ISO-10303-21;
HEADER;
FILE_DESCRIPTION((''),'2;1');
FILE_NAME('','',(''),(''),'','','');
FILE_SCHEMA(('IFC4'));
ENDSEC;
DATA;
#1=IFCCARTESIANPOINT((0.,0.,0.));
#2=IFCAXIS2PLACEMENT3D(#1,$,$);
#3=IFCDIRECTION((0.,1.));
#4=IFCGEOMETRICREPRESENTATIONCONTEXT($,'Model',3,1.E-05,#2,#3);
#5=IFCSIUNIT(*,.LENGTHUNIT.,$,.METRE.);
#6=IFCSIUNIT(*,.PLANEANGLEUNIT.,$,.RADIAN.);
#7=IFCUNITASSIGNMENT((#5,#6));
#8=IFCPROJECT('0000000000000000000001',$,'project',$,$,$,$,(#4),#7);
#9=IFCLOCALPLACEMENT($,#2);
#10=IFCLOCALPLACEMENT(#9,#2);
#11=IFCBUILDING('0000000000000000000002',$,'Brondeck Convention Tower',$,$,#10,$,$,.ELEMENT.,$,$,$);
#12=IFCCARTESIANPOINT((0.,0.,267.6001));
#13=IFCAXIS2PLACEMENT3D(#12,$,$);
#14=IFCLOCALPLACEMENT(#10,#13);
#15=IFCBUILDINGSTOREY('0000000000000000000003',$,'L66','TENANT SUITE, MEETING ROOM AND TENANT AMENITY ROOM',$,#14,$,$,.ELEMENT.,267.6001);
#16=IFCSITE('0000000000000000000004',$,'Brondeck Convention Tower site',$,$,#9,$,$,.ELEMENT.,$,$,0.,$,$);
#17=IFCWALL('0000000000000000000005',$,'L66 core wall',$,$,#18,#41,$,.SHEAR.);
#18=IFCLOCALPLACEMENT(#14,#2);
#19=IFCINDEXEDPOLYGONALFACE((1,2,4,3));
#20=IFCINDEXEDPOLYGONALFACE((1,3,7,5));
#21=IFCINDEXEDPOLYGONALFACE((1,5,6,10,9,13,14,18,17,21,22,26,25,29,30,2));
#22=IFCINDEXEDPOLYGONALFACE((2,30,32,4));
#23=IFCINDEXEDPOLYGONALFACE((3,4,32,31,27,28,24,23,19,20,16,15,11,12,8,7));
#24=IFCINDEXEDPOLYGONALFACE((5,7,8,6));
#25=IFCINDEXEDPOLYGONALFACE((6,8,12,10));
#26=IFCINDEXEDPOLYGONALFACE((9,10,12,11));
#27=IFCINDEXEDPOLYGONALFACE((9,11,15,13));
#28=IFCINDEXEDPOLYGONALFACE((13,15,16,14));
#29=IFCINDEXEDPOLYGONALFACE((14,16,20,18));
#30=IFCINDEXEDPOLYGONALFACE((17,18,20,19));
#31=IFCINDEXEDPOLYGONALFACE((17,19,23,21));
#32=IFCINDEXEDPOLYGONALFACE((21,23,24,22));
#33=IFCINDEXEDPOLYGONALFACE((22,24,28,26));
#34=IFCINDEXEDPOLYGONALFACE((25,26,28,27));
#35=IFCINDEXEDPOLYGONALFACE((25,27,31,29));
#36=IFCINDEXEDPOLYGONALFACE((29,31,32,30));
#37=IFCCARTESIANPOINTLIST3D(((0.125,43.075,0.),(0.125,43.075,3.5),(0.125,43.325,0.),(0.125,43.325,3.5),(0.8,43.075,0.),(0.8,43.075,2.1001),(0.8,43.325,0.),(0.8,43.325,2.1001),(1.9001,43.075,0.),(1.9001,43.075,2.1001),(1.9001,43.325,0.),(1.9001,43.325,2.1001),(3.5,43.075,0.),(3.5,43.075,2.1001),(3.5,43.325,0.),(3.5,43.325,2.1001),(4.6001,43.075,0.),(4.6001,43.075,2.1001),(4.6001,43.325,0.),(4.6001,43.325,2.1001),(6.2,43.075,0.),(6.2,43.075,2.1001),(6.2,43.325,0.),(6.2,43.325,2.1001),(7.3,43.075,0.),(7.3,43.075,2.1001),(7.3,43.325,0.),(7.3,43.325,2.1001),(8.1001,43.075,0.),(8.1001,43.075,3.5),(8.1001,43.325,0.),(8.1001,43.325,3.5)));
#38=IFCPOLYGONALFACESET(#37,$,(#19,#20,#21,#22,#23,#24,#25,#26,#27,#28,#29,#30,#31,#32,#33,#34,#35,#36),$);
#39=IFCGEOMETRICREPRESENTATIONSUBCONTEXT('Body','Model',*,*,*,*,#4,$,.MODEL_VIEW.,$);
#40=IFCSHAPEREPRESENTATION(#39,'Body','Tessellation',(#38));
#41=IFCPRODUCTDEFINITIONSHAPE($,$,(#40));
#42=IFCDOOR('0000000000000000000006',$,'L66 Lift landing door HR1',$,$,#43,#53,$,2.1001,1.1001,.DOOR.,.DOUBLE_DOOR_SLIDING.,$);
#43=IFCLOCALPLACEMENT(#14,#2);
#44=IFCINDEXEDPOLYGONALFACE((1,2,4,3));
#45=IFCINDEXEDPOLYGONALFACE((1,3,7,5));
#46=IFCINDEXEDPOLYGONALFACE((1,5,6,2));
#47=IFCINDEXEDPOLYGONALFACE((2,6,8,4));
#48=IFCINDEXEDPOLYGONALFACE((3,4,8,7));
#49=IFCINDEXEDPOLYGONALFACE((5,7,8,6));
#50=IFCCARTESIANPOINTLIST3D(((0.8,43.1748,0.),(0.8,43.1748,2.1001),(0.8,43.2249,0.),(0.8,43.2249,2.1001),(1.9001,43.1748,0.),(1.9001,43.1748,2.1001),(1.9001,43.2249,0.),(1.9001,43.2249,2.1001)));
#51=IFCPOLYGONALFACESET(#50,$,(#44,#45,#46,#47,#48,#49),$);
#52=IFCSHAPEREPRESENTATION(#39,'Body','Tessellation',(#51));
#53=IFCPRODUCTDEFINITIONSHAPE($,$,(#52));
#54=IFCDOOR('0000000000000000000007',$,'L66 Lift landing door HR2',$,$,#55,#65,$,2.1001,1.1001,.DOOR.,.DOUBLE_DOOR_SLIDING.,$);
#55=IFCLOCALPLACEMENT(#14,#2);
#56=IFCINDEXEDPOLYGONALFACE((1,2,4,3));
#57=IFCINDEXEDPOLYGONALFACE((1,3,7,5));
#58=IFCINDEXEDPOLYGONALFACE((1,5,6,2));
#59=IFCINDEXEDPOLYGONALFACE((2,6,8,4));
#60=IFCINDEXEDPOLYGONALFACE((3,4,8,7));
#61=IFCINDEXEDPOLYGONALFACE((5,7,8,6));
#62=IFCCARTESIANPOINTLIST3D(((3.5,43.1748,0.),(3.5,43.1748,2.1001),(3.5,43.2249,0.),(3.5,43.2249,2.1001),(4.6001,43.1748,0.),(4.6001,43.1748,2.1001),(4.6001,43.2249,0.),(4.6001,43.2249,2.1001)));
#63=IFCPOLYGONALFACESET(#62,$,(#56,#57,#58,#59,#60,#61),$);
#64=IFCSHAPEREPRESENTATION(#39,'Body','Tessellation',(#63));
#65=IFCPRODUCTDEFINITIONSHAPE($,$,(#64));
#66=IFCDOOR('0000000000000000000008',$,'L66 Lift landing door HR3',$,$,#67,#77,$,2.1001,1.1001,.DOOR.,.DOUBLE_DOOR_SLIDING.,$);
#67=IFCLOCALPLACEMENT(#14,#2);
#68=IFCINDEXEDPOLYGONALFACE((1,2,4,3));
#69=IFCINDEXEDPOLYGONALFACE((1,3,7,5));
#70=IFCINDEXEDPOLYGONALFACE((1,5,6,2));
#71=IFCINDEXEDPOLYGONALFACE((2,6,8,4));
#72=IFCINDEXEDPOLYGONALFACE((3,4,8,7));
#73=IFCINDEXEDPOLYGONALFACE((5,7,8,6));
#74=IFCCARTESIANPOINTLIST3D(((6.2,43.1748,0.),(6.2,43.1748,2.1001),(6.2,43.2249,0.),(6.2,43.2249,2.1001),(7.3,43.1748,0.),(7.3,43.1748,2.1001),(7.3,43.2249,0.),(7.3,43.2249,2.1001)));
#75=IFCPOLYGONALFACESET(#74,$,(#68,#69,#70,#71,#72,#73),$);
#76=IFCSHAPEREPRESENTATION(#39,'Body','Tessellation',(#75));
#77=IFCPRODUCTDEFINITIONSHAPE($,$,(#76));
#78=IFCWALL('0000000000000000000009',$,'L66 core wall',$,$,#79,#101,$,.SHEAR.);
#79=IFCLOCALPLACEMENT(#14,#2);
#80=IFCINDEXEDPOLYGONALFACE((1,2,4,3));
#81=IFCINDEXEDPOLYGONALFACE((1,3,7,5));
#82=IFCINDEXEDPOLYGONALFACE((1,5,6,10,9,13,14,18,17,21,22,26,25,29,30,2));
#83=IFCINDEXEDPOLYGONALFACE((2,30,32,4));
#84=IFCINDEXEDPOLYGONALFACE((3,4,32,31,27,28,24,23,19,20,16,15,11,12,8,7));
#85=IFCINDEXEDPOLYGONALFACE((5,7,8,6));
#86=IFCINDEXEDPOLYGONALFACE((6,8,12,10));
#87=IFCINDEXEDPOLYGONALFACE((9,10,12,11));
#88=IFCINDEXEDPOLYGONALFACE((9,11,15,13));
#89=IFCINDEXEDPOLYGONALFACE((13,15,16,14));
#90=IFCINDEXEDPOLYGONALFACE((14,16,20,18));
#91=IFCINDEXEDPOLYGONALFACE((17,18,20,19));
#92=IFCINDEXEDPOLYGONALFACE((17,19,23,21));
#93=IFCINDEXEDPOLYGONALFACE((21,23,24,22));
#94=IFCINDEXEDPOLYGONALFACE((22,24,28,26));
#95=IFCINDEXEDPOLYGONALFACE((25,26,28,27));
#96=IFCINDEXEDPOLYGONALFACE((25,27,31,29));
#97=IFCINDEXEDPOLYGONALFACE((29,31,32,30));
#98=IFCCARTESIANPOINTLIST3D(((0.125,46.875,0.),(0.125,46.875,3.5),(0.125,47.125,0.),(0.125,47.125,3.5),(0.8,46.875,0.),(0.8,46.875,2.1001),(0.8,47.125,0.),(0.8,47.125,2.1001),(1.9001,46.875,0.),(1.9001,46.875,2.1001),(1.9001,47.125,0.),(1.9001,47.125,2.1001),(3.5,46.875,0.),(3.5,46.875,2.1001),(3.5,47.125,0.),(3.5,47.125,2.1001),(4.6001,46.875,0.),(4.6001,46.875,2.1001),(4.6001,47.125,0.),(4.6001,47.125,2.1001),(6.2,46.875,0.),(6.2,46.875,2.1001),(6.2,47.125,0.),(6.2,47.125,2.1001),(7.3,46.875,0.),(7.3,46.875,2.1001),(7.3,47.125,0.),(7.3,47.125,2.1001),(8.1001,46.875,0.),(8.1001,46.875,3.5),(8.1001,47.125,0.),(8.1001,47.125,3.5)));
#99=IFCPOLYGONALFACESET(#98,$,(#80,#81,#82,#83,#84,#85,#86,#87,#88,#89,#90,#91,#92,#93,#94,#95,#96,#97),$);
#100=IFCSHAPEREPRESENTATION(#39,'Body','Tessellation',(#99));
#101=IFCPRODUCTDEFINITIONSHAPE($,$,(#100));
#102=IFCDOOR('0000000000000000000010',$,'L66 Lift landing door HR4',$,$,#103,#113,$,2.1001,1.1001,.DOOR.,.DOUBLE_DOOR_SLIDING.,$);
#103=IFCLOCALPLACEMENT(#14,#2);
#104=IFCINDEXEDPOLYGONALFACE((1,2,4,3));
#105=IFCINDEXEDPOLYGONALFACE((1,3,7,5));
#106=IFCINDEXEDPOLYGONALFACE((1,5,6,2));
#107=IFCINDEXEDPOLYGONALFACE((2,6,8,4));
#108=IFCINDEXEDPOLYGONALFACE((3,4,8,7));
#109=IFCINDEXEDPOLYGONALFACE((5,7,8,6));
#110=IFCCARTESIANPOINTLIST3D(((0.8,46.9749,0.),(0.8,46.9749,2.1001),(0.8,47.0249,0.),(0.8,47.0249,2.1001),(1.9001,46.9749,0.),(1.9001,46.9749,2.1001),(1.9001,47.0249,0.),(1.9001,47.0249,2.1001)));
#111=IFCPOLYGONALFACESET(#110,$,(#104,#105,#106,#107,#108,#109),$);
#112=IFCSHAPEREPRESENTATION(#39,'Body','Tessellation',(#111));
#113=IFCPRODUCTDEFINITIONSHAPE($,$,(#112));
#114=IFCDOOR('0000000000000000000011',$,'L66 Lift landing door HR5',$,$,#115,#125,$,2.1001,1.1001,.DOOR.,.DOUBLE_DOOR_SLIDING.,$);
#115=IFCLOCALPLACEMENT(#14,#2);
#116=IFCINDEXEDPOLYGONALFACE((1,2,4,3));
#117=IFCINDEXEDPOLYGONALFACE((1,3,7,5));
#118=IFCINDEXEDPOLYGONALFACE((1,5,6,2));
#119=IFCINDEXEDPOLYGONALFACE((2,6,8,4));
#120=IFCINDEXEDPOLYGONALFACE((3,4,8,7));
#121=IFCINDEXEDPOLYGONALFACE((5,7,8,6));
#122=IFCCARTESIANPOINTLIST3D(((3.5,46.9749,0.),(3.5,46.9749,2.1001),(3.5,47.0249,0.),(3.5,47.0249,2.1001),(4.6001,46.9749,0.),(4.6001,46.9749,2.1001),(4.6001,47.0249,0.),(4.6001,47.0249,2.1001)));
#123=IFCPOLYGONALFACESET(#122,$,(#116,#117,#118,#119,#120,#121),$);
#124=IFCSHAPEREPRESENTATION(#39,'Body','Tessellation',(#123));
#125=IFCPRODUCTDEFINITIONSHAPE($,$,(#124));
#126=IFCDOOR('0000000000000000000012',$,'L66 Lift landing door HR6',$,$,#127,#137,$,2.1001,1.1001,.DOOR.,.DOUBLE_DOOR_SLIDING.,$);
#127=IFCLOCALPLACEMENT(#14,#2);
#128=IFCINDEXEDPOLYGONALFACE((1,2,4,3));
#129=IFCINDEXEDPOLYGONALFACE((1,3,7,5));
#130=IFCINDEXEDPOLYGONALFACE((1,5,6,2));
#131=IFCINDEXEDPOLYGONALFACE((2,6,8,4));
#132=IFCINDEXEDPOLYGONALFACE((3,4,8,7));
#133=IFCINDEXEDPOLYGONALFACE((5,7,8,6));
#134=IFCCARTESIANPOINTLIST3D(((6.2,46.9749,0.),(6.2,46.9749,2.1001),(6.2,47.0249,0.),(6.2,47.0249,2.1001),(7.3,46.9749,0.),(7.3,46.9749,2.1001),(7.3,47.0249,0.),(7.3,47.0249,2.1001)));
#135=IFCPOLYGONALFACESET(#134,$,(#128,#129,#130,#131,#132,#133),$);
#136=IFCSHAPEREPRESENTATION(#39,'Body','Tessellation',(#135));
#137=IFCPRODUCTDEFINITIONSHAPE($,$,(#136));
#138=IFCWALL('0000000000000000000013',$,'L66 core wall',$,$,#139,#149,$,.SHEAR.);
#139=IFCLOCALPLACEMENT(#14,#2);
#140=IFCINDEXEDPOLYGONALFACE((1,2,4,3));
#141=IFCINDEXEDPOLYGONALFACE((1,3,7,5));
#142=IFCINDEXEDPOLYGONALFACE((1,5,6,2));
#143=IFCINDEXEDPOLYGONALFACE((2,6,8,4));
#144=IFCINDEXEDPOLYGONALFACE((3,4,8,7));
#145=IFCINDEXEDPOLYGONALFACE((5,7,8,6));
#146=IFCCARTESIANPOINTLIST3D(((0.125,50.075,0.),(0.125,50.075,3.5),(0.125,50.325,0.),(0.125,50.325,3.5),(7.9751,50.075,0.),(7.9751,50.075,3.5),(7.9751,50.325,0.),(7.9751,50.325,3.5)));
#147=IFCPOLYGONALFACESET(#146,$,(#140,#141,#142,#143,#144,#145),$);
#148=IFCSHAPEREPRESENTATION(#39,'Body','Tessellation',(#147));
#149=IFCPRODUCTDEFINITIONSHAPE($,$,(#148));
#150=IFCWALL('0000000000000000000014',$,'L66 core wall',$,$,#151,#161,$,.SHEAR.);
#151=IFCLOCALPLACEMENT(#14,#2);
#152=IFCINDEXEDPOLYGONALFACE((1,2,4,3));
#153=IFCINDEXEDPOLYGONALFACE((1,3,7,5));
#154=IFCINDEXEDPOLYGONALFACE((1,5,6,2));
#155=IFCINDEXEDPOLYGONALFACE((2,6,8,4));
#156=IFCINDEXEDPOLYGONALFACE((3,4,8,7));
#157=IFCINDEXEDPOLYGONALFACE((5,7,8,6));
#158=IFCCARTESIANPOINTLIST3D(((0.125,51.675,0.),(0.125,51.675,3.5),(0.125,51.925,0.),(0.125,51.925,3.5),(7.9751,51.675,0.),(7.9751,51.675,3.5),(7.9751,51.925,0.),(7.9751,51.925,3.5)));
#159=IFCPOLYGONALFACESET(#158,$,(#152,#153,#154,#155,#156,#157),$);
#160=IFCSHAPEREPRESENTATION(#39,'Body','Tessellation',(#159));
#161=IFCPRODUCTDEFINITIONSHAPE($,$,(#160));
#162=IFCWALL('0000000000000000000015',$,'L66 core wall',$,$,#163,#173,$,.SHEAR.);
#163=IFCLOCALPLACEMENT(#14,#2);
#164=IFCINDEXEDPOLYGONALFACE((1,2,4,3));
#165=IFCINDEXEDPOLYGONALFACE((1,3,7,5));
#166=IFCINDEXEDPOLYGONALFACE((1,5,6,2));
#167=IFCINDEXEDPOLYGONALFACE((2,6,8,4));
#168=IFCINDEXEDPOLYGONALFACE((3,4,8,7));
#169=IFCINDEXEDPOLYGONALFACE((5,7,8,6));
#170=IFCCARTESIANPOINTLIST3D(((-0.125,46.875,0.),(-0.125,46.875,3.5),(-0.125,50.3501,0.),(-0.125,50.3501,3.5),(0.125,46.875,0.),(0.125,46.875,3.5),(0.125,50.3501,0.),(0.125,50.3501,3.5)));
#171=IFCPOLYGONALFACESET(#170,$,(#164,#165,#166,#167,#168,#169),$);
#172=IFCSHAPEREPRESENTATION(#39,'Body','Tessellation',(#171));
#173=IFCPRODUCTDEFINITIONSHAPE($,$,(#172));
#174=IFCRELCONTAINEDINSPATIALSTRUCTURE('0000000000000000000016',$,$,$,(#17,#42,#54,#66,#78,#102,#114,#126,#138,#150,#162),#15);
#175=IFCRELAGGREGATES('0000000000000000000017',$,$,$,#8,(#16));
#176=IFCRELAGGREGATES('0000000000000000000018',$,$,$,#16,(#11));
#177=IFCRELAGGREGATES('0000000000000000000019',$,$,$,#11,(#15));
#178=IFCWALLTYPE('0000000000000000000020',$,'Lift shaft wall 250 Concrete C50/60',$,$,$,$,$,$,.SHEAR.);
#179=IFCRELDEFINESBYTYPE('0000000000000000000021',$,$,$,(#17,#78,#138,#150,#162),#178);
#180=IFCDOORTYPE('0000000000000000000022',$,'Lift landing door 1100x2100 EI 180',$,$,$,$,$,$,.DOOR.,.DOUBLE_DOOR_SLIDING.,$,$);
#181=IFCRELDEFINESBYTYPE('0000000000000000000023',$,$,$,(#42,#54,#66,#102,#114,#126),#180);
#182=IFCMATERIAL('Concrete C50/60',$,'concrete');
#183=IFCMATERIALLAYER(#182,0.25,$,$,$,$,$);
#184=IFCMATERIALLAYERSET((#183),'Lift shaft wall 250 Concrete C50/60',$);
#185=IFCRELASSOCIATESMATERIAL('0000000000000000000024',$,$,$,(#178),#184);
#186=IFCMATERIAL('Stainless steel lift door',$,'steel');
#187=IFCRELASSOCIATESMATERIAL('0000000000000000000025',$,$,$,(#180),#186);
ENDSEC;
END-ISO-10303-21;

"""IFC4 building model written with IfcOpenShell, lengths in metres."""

from ifc_helpers import new_model, si_unit, direction, frame, frame_2d, origin, place, context, subcontext, project, spatial, rectangle, extrude, material, layer, layer_set, type_object, element, fill, save


model = new_model("IFC4")

# Units and contexts
model_context = context("Model", 3, precision=1e-05, world=origin(), true_north=direction((0.0, 1.0)))
body_context = subcontext(model_context, "Body", "Model", "MODEL_VIEW")
ifc_project = project(units=[si_unit("LENGTHUNIT", "METRE"), si_unit("PLANEANGLEUNIT", "RADIAN")], contexts=[model_context])

# Site, building, storey
site_placement = place(None, origin())
site = spatial("IfcSite", under=ifc_project, at=site_placement, Name="Brondeck Convention Tower site", CompositionType="ELEMENT", RefElevation=0.0)
building_placement = place(site_placement, origin())
building = spatial("IfcBuilding", under=site, at=building_placement, Name="Brondeck Convention Tower", CompositionType="ELEMENT")
storey_placement = place(building_placement, frame((0.0, 0.0, 267.6001)))
storey = spatial("IfcBuildingStorey", under=building, at=storey_placement, Name="L66", Description="TENANT SUITE, MEETING ROOM AND TENANT AMENITY ROOM", CompositionType="ELEMENT", Elevation=267.6001)

# Shared definitions
ifc_material_1 = material(Name="Concrete C50/60", Category="concrete")

# Walls, openings, doors
ifc_layer_1 = layer(ifc_material_1, 0.25)
ifc_layer_set_1 = layer_set([ifc_layer_1], Name="Lift shaft wall 250 Concrete C50/60")
wall_type_1 = type_object("IfcWallType", Name="Lift shaft wall 250 Concrete C50/60", PredefinedType="SHEAR", material=ifc_layer_set_1)
wall_1_placement = place(storey_placement, frame((0.125, 43.2, 0.0), z_axis=(0.0, 0.0, 1.0), x_axis=(1.0, 0.0, 0.0)))
wall_1 = element("IfcWall", 1, at=wall_1_placement, inside=storey, type_object=wall_type_1, Name="L66 core wall", PredefinedType="SHEAR", context=body_context, shape_type="SweptSolid", body=[
    extrude(rectangle(XDim=7.9751, YDim=0.25, at=frame_2d((3.9875, 0.0))), origin(), (0.0, 0.0, 1.0), 3.5),
])
opening_1_placement = place(wall_1_placement, frame((0.675, 0.0, 0.0)))
opening_1 = element("IfcOpeningElement", 2, at=opening_1_placement, cuts=wall_1, PredefinedType="OPENING", context=body_context, shape_type="SweptSolid", body=[
    extrude(rectangle(XDim=1.1001, YDim=2.1001, at=frame_2d((0.55, 1.05))), frame((0.0, 0.135, 0.0), z_axis=(0.0, -1.0, 0.0), x_axis=(1.0, 0.0, 0.0)), (0.0, 0.0, 1.0), 0.27),
])
opening_2_placement = place(wall_1_placement, frame((3.375, 0.0, 0.0)))
opening_2 = element("IfcOpeningElement", 3, at=opening_2_placement, cuts=wall_1, PredefinedType="OPENING", context=body_context, shape_type="SweptSolid", body=[
    extrude(rectangle(XDim=1.1001, YDim=2.1001, at=frame_2d((0.55, 1.05))), frame((0.0, 0.135, 0.0), z_axis=(0.0, -1.0, 0.0), x_axis=(1.0, 0.0, 0.0)), (0.0, 0.0, 1.0), 0.27),
])
opening_3_placement = place(wall_1_placement, frame((6.075, 0.0, 0.0)))
opening_3 = element("IfcOpeningElement", 4, at=opening_3_placement, cuts=wall_1, PredefinedType="OPENING", context=body_context, shape_type="SweptSolid", body=[
    extrude(rectangle(XDim=1.1001, YDim=2.1001, at=frame_2d((0.55, 1.05))), frame((0.0, 0.135, 0.0), z_axis=(0.0, -1.0, 0.0), x_axis=(1.0, 0.0, 0.0)), (0.0, 0.0, 1.0), 0.27),
])
ifc_material_2 = material(Name="Stainless steel lift door", Category="steel")
door_type_1 = type_object("IfcDoorType", Name="Lift landing door 1100x2100 EI 180", OperationType="DOUBLE_DOOR_SLIDING", PredefinedType="DOOR", material=ifc_material_2)
door_1_placement = place(opening_1_placement, origin())
door_1 = element("IfcDoor", 5, at=door_1_placement, inside=storey, type_object=door_type_1, Name="L66 Lift landing door HR1", OperationType="DOUBLE_DOOR_SLIDING", OverallHeight=2.1001, OverallWidth=1.1001, PredefinedType="DOOR", context=body_context, shape_type="SweptSolid", body=[
    extrude(rectangle(XDim=1.1001, YDim=2.1001, at=frame_2d((0.55, 1.05))), frame((0.0, 0.0249, 0.0), z_axis=(0.0, -1.0, 0.0), x_axis=(1.0, 0.0, 0.0)), (0.0, 0.0, 1.0), 0.05),
])
fill(opening_1, door_1)
door_2_placement = place(opening_2_placement, origin())
door_2 = element("IfcDoor", 6, at=door_2_placement, inside=storey, type_object=door_type_1, Name="L66 Lift landing door HR2", OperationType="DOUBLE_DOOR_SLIDING", OverallHeight=2.1001, OverallWidth=1.1001, PredefinedType="DOOR", context=body_context, shape_type="SweptSolid", body=[
    extrude(rectangle(XDim=1.1001, YDim=2.1001, at=frame_2d((0.55, 1.05))), frame((0.0, 0.0249, 0.0), z_axis=(0.0, -1.0, 0.0), x_axis=(1.0, 0.0, 0.0)), (0.0, 0.0, 1.0), 0.05),
])
fill(opening_2, door_2)
door_3_placement = place(opening_3_placement, origin())
door_3 = element("IfcDoor", 7, at=door_3_placement, inside=storey, type_object=door_type_1, Name="L66 Lift landing door HR3", OperationType="DOUBLE_DOOR_SLIDING", OverallHeight=2.1001, OverallWidth=1.1001, PredefinedType="DOOR", context=body_context, shape_type="SweptSolid", body=[
    extrude(rectangle(XDim=1.1001, YDim=2.1001, at=frame_2d((0.55, 1.05))), frame((0.0, 0.0249, 0.0), z_axis=(0.0, -1.0, 0.0), x_axis=(1.0, 0.0, 0.0)), (0.0, 0.0, 1.0), 0.05),
])
fill(opening_3, door_3)
wall_2_placement = place(storey_placement, frame((0.125, 47.0, 0.0), z_axis=(0.0, 0.0, 1.0), x_axis=(1.0, 0.0, 0.0)))
wall_2 = element("IfcWall", 8, at=wall_2_placement, inside=storey, type_object=wall_type_1, Name="L66 core wall", PredefinedType="SHEAR", context=body_context, shape_type="SweptSolid", body=[
    extrude(rectangle(XDim=7.9751, YDim=0.25, at=frame_2d((3.9875, 0.0))), origin(), (0.0, 0.0, 1.0), 3.5),
])
opening_4_placement = place(wall_2_placement, frame((0.675, 0.0, 0.0)))
opening_4 = element("IfcOpeningElement", 9, at=opening_4_placement, cuts=wall_2, PredefinedType="OPENING", context=body_context, shape_type="SweptSolid", body=[
    extrude(rectangle(XDim=1.1001, YDim=2.1001, at=frame_2d((0.55, 1.05))), frame((0.0, 0.135, 0.0), z_axis=(0.0, -1.0, 0.0), x_axis=(1.0, 0.0, 0.0)), (0.0, 0.0, 1.0), 0.27),
])
opening_5_placement = place(wall_2_placement, frame((3.375, 0.0, 0.0)))
opening_5 = element("IfcOpeningElement", 10, at=opening_5_placement, cuts=wall_2, PredefinedType="OPENING", context=body_context, shape_type="SweptSolid", body=[
    extrude(rectangle(XDim=1.1001, YDim=2.1001, at=frame_2d((0.55, 1.05))), frame((0.0, 0.135, 0.0), z_axis=(0.0, -1.0, 0.0), x_axis=(1.0, 0.0, 0.0)), (0.0, 0.0, 1.0), 0.27),
])
opening_6_placement = place(wall_2_placement, frame((6.075, 0.0, 0.0)))
opening_6 = element("IfcOpeningElement", 11, at=opening_6_placement, cuts=wall_2, PredefinedType="OPENING", context=body_context, shape_type="SweptSolid", body=[
    extrude(rectangle(XDim=1.1001, YDim=2.1001, at=frame_2d((0.55, 1.05))), frame((0.0, 0.135, 0.0), z_axis=(0.0, -1.0, 0.0), x_axis=(1.0, 0.0, 0.0)), (0.0, 0.0, 1.0), 0.27),
])
door_4_placement = place(opening_4_placement, origin())
door_4 = element("IfcDoor", 12, at=door_4_placement, inside=storey, type_object=door_type_1, Name="L66 Lift landing door HR4", OperationType="DOUBLE_DOOR_SLIDING", OverallHeight=2.1001, OverallWidth=1.1001, PredefinedType="DOOR", context=body_context, shape_type="SweptSolid", body=[
    extrude(rectangle(XDim=1.1001, YDim=2.1001, at=frame_2d((0.55, 1.05))), frame((0.0, 0.0249, 0.0), z_axis=(0.0, -1.0, 0.0), x_axis=(1.0, 0.0, 0.0)), (0.0, 0.0, 1.0), 0.05),
])
fill(opening_4, door_4)
door_5_placement = place(opening_5_placement, origin())
door_5 = element("IfcDoor", 13, at=door_5_placement, inside=storey, type_object=door_type_1, Name="L66 Lift landing door HR5", OperationType="DOUBLE_DOOR_SLIDING", OverallHeight=2.1001, OverallWidth=1.1001, PredefinedType="DOOR", context=body_context, shape_type="SweptSolid", body=[
    extrude(rectangle(XDim=1.1001, YDim=2.1001, at=frame_2d((0.55, 1.05))), frame((0.0, 0.0249, 0.0), z_axis=(0.0, -1.0, 0.0), x_axis=(1.0, 0.0, 0.0)), (0.0, 0.0, 1.0), 0.05),
])
fill(opening_5, door_5)
door_6_placement = place(opening_6_placement, origin())
door_6 = element("IfcDoor", 14, at=door_6_placement, inside=storey, type_object=door_type_1, Name="L66 Lift landing door HR6", OperationType="DOUBLE_DOOR_SLIDING", OverallHeight=2.1001, OverallWidth=1.1001, PredefinedType="DOOR", context=body_context, shape_type="SweptSolid", body=[
    extrude(rectangle(XDim=1.1001, YDim=2.1001, at=frame_2d((0.55, 1.05))), frame((0.0, 0.0249, 0.0), z_axis=(0.0, -1.0, 0.0), x_axis=(1.0, 0.0, 0.0)), (0.0, 0.0, 1.0), 0.05),
])
fill(opening_6, door_6)

# Walls
for number, where, z_axis, x_axis, name in (
    (15, (0.125, 50.2, 0.0), (0.0, 0.0, 1.0), (1.0, 0.0, 0.0), "L66 core wall"),
    (16, (0.125, 51.8, 0.0), (0.0, 0.0, 1.0), (1.0, 0.0, 0.0), "L66 core wall"),
):
    element("IfcWall", number, at=place(storey_placement, frame(where, z_axis=z_axis, x_axis=x_axis)), inside=storey, type_object=wall_type_1, Name=name, PredefinedType="SHEAR", context=body_context, shape_type="SweptSolid", body=[
        extrude(rectangle(XDim=7.8501, YDim=0.25, at=frame_2d((3.925, 0.0))), origin(), (0.0, 0.0, 1.0), 3.5),
    ])
wall_3_placement = place(storey_placement, frame((0.0, 46.875, 0.0), z_axis=(0.0, 0.0, 1.0), x_axis=(0.0, 1.0, 0.0)))
element("IfcWall", 17, at=wall_3_placement, inside=storey, type_object=wall_type_1, Name="L66 core wall", PredefinedType="SHEAR", context=body_context, shape_type="SweptSolid", body=[
    extrude(rectangle(XDim=3.4751, YDim=0.25, at=frame_2d((1.7375, 0.0))), origin(), (0.0, 0.0, 1.0), 3.5),
])

save(model, "model.ifc")
